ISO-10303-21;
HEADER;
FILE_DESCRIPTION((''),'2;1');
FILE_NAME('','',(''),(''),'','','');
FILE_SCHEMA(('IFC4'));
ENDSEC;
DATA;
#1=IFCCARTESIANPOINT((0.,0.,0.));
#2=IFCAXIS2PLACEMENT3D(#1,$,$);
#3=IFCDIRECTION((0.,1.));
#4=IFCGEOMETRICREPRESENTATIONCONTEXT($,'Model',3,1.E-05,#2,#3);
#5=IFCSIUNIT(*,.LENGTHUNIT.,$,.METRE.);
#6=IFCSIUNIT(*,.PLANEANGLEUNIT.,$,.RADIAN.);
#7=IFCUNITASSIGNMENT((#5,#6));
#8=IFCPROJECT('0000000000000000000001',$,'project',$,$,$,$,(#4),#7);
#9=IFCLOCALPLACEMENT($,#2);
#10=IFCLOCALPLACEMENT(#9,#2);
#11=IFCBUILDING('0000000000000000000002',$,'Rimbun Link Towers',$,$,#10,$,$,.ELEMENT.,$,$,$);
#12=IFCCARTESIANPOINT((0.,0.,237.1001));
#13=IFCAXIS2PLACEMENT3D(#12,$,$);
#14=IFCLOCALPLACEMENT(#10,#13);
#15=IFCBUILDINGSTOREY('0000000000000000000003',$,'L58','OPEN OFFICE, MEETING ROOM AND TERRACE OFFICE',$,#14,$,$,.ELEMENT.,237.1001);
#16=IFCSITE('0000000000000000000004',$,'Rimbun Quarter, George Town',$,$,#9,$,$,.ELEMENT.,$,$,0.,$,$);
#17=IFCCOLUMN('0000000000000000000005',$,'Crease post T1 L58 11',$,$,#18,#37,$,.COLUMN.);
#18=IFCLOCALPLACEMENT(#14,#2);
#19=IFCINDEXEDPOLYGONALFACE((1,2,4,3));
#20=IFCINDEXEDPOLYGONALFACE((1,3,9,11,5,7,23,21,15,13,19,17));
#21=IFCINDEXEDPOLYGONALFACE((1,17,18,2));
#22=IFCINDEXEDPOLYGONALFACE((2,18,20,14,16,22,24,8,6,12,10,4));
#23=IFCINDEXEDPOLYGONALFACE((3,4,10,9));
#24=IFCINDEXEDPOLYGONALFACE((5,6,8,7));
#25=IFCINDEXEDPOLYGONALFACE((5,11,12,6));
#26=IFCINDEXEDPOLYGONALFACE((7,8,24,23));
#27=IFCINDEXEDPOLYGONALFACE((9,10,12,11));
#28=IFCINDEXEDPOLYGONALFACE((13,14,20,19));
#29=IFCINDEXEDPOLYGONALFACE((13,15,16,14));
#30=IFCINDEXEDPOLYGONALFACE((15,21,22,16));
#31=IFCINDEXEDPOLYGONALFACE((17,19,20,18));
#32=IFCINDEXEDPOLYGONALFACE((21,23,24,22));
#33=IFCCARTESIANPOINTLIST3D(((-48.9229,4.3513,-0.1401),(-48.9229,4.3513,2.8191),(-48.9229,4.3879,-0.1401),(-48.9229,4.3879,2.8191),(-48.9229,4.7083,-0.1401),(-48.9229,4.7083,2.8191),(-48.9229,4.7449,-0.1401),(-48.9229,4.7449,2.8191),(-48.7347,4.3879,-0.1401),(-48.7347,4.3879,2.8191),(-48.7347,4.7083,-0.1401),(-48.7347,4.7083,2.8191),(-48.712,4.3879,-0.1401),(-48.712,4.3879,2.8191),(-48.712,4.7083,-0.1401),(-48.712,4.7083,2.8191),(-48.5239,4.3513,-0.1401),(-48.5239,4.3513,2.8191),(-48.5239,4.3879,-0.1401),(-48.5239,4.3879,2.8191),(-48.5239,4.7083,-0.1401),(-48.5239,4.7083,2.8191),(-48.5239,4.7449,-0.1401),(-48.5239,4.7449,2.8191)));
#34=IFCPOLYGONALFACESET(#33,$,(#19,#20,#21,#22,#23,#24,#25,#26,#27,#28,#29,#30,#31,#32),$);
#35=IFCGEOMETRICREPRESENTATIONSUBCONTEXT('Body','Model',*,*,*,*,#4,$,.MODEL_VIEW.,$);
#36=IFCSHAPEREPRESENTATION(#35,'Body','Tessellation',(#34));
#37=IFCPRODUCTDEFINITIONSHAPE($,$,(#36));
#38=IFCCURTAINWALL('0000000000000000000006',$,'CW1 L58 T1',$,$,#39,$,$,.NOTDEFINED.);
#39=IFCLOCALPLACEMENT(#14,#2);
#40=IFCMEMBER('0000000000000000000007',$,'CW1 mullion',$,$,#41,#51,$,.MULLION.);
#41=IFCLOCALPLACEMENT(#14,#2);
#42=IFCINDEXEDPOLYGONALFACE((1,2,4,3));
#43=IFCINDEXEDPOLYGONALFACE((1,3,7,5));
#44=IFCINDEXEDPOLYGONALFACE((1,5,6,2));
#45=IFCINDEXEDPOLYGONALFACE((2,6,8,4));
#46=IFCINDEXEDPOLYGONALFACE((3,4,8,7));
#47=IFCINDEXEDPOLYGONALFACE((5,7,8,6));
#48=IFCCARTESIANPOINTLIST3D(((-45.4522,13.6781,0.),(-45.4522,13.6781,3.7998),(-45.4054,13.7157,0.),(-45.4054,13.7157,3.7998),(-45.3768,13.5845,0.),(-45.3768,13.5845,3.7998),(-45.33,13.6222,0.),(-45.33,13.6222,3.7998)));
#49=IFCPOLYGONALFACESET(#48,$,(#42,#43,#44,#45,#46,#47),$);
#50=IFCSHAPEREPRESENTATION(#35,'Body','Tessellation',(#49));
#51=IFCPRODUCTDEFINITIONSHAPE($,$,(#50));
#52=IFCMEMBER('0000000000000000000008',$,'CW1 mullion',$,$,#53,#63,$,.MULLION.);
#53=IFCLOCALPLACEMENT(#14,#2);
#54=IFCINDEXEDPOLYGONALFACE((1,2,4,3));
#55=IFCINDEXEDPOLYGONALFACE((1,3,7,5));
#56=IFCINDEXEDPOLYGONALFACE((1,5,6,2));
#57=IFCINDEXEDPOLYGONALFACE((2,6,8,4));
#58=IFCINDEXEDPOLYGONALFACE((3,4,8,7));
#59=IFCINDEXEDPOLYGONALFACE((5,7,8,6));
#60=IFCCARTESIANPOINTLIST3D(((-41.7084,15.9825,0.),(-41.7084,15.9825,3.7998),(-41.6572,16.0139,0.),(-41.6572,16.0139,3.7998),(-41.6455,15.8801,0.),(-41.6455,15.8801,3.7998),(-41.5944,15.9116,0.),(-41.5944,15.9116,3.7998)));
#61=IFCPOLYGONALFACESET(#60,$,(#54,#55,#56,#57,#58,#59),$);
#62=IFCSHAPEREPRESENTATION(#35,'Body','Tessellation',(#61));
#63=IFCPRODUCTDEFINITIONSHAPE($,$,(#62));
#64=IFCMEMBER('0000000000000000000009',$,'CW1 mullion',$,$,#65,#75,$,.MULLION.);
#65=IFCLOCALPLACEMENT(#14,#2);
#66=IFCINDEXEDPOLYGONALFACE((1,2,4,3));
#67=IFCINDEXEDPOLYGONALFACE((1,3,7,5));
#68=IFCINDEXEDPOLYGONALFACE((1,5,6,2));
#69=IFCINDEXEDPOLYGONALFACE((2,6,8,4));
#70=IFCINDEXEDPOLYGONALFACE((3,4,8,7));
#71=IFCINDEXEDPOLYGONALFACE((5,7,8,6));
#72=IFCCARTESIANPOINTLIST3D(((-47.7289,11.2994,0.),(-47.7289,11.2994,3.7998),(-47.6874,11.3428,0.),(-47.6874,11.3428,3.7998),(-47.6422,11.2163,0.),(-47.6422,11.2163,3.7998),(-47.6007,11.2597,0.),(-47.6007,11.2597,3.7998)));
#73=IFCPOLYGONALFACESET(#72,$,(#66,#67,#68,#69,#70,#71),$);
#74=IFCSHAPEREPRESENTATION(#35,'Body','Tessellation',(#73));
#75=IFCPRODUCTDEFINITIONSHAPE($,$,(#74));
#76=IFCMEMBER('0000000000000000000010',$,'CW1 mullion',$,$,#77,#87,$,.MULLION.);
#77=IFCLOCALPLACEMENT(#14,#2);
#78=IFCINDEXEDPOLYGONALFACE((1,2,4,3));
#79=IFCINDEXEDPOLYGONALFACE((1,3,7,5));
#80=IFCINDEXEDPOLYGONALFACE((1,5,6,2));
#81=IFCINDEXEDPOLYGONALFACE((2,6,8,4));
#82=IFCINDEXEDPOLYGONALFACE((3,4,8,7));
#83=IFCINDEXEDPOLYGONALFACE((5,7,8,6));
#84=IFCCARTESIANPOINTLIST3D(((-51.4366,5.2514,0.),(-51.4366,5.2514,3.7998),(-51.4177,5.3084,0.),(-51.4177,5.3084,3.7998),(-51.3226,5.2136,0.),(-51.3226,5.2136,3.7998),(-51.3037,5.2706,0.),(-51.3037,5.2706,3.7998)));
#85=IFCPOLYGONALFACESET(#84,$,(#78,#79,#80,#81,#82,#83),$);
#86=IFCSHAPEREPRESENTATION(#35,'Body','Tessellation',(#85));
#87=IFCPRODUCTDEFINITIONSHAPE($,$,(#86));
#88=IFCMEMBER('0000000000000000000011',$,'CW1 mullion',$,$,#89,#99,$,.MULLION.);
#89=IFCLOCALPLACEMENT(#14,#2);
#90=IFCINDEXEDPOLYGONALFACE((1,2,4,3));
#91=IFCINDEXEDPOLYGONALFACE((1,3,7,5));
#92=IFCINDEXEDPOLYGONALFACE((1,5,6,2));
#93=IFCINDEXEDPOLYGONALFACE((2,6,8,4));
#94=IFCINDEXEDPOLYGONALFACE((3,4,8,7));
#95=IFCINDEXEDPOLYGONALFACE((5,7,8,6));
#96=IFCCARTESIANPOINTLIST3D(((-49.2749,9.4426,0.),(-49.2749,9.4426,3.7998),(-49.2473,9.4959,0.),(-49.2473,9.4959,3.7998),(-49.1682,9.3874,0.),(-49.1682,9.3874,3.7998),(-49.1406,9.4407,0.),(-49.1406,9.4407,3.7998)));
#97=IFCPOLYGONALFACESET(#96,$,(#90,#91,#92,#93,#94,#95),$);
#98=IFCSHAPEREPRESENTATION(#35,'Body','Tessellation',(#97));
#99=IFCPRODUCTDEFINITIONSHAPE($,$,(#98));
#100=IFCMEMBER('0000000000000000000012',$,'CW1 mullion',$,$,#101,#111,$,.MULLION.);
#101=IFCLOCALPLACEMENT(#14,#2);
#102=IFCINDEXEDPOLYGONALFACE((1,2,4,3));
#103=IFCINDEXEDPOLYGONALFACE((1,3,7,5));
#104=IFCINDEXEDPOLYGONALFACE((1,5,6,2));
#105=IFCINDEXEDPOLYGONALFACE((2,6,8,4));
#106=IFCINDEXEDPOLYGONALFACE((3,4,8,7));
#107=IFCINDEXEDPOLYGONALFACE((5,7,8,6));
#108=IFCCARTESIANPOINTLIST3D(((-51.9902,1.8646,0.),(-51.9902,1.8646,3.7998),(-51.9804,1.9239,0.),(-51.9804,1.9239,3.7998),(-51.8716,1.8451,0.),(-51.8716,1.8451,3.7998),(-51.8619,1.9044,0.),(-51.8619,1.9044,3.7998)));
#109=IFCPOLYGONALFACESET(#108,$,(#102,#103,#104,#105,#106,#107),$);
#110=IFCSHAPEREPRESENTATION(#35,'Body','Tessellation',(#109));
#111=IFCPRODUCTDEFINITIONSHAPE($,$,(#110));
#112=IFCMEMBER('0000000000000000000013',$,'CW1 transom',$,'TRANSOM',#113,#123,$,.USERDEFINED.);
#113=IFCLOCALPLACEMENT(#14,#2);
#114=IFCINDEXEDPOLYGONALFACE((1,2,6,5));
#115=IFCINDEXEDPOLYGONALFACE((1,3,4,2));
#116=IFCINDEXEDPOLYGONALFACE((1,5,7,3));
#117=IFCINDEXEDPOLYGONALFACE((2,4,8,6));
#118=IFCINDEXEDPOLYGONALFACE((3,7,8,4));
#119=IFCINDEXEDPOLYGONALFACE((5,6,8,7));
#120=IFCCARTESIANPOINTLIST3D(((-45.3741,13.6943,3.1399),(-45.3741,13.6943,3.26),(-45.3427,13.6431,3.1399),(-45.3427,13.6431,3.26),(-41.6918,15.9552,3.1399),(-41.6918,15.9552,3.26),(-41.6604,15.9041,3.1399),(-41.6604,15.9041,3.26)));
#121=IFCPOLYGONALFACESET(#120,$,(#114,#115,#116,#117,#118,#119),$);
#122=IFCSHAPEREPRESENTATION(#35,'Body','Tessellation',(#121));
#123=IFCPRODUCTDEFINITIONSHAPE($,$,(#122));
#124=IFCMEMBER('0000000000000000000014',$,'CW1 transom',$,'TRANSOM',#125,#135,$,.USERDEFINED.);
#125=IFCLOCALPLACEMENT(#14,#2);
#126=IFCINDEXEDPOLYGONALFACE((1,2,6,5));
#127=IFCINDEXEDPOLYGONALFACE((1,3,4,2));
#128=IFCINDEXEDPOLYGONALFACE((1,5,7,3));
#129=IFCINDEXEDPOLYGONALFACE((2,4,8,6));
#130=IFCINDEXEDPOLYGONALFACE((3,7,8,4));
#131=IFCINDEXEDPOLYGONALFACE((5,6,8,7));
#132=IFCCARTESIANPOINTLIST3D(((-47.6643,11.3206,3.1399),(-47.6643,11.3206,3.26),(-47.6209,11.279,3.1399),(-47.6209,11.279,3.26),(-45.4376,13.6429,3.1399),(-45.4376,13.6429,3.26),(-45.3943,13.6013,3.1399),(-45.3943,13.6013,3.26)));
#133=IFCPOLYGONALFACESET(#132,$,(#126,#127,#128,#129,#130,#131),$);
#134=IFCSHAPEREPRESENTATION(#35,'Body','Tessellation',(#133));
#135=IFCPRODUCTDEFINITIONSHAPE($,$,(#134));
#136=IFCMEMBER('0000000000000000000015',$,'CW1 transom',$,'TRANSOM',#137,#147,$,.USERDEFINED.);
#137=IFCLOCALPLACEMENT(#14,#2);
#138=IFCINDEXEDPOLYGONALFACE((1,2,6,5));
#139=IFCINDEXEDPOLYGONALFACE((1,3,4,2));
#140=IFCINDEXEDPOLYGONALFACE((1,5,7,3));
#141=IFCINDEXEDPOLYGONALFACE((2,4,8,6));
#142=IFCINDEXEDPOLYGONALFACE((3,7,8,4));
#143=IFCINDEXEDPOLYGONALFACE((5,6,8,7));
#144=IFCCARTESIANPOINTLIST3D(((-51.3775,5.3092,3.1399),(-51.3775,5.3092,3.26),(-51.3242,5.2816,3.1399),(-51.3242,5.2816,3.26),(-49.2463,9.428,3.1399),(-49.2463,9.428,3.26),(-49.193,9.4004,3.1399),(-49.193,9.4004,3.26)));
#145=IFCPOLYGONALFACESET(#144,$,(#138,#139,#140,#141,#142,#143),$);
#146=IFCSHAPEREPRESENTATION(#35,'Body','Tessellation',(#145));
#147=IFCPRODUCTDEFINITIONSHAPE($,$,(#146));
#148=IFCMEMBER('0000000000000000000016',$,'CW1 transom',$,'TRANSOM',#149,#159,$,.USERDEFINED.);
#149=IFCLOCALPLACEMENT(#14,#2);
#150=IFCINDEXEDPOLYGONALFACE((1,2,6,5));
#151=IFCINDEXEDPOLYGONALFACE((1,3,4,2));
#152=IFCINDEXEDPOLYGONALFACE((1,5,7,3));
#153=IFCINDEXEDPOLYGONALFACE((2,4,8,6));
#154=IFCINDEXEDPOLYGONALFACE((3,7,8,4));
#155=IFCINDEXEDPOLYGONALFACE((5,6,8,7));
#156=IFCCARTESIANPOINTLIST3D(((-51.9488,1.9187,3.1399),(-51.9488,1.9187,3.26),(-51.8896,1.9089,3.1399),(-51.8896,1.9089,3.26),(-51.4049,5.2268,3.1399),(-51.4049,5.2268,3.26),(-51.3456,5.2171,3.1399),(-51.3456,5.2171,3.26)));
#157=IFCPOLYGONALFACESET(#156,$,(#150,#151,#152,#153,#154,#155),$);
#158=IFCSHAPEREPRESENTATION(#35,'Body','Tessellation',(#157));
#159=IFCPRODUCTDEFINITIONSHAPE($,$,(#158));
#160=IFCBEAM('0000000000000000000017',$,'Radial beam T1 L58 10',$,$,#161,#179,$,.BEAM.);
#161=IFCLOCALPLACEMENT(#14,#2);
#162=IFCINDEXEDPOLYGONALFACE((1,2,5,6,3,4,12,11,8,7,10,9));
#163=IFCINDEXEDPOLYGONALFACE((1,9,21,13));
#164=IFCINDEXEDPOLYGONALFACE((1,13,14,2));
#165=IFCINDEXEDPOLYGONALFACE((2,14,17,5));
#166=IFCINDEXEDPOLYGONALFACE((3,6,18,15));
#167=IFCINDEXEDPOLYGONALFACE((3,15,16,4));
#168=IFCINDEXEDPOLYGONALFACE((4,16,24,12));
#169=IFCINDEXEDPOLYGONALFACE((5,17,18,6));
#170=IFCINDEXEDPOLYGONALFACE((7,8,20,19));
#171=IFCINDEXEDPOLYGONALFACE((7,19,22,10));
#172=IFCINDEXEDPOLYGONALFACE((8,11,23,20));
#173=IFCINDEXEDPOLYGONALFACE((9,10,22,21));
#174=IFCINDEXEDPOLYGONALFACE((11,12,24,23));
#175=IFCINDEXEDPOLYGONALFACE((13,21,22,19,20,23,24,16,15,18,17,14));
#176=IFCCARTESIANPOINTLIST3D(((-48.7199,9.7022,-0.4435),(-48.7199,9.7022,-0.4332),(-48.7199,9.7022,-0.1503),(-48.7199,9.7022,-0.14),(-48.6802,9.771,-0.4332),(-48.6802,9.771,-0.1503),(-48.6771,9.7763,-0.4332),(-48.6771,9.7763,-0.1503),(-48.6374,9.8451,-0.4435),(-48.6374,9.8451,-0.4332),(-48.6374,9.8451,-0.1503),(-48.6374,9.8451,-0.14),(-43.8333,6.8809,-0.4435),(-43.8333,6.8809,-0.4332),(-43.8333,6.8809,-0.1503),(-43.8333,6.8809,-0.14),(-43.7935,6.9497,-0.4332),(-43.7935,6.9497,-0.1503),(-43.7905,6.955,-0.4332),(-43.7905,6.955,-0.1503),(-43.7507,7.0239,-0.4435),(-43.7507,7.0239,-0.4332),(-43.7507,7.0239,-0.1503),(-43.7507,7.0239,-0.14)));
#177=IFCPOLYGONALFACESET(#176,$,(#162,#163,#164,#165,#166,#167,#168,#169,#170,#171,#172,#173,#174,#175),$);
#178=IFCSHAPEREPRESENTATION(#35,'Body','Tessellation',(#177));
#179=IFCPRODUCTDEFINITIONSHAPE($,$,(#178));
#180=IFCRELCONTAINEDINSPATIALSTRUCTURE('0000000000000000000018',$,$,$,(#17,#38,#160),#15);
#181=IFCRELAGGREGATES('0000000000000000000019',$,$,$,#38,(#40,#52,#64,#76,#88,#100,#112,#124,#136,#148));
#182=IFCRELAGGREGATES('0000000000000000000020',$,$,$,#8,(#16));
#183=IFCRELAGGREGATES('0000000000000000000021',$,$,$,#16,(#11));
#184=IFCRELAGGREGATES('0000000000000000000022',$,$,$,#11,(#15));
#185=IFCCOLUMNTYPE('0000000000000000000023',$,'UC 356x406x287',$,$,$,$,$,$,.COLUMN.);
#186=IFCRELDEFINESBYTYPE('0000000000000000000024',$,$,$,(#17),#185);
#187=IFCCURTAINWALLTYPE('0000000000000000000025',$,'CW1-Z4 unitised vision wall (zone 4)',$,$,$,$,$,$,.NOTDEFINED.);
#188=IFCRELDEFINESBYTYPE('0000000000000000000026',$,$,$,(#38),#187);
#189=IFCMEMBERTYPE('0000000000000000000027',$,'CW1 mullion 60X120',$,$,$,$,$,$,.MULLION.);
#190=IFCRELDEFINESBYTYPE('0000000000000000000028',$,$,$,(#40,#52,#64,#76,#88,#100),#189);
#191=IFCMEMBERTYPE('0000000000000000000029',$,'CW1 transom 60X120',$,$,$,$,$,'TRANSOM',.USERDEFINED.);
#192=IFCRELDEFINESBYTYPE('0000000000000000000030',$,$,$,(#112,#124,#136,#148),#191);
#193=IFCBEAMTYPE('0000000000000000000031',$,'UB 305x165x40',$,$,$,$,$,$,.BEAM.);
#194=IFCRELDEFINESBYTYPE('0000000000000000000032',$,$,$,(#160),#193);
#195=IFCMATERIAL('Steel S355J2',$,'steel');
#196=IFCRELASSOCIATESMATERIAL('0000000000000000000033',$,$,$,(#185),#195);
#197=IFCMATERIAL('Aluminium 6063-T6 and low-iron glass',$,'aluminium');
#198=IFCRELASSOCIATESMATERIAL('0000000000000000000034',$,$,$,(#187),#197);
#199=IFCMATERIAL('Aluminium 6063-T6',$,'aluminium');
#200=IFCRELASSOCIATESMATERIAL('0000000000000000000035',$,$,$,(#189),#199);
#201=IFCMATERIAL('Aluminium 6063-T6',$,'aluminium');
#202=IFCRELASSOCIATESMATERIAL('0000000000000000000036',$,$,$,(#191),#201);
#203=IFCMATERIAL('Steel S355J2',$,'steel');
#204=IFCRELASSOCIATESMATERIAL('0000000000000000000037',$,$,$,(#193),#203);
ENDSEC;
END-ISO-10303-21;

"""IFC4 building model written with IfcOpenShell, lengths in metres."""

from ifc_helpers import new_model, si_unit, direction, frame, origin, origin_2d, place, context, subcontext, project, spatial, rectangle, i_section, extrude, material, material_profile, profile_set, type_object, element, aggregate, save


model = new_model("IFC4")

# Units and contexts
model_context = context("Model", 3, precision=1e-05, world=origin(), true_north=direction((0.0, 1.0)))
body_context = subcontext(model_context, "Body", "Model", "MODEL_VIEW")
ifc_project = project(units=[si_unit("LENGTHUNIT", "METRE"), si_unit("PLANEANGLEUNIT", "RADIAN")], contexts=[model_context])

# Site, building, storey
site_placement = place(None, origin())
site = spatial("IfcSite", under=ifc_project, at=site_placement, Name="Rimbun Quarter, George Town", CompositionType="ELEMENT", RefElevation=0.0)
building_placement = place(site_placement, origin())
building = spatial("IfcBuilding", under=site, at=building_placement, Name="Rimbun Link Towers", CompositionType="ELEMENT")
storey_placement = place(building_placement, frame((0.0, 0.0, 237.1001)))
storey = spatial("IfcBuildingStorey", under=building, at=storey_placement, Name="L58", Description="OPEN OFFICE, MEETING ROOM AND TERRACE OFFICE", CompositionType="ELEMENT", Elevation=237.1001)

# Column
ifc_material_1 = material(Name="Steel S355J2", Category="steel")
ifc_material_profile_1 = material_profile(ifc_material_1, i_section(OverallWidth=0.3989, OverallDepth=0.3936, WebThickness=0.0227, FlangeThickness=0.0366, at=origin_2d()), Name="UC 356x406x287")
ifc_profile_set_1 = profile_set([ifc_material_profile_1], Name="Steel S355J2")
column_type = type_object("IfcColumnType", Name="UC 356x406x287", PredefinedType="COLUMN", material=ifc_profile_set_1)
column_placement = place(storey_placement, frame((-48.7234, 4.5481, -0.1401), z_axis=(0.0, 0.0, 1.0), x_axis=(1.0, 0.0, 0.0)))
element("IfcColumn", 1, at=column_placement, inside=storey, type_object=column_type, Name="Crease post T1 L58 11", PredefinedType="COLUMN", context=body_context, shape_type="SweptSolid", body=[
    extrude(i_section(OverallWidth=0.3989, OverallDepth=0.3936, WebThickness=0.0227, FlangeThickness=0.0366, at=origin_2d()), origin(), (0.0, 0.0, 1.0), 2.9592),
])

# Curtain wall, members
ifc_material_2 = material(Name="Aluminium 6063-T6 and low-iron glass", Category="aluminium")
curtain_wall_type = type_object("IfcCurtainWallType", Name="CW1-Z4 unitised vision wall (zone 4)", PredefinedType="NOTDEFINED", material=ifc_material_2)
curtain_wall_placement = place(storey_placement, origin())
curtain_wall = element("IfcCurtainWall", 2, at=curtain_wall_placement, inside=storey, type_object=curtain_wall_type, Name="CW1 L58 T1", PredefinedType="NOTDEFINED")
ifc_material_3 = material(Name="Aluminium 6063-T6", Category="aluminium")
ifc_material_profile_2 = material_profile(ifc_material_3, rectangle(XDim=0.1201, YDim=0.0601, at=origin_2d()), Name="MULLION 60X120")
ifc_profile_set_2 = profile_set([ifc_material_profile_2], Name="Aluminium 6063-T6")
member_type_1 = type_object("IfcMemberType", Name="CW1 mullion 60X120", PredefinedType="MULLION", material=ifc_profile_set_2)
member_1_placement = place(storey_placement, frame((-45.3911, 13.6501, 0.0), z_axis=(0.0, 0.0, 1.0), x_axis=(-0.627668, 0.778481, 0.0)))
member_1 = element("IfcMember", 3, at=member_1_placement, type_object=member_type_1, Name="CW1 mullion", PredefinedType="MULLION", context=body_context, shape_type="SweptSolid", body=[
    extrude(rectangle(XDim=0.1201, YDim=0.0601, at=origin_2d()), origin(), (0.0, 0.0, 1.0), 3.7998),
])
member_2_placement = place(storey_placement, frame((-41.6514, 15.947, 0.0), z_axis=(0.0, 0.0, 1.0), x_axis=(-0.52324, 0.852185, 0.0)))
member_2 = element("IfcMember", 4, at=member_2_placement, type_object=member_type_1, Name="CW1 mullion", PredefinedType="MULLION", context=body_context, shape_type="SweptSolid", body=[
    extrude(rectangle(XDim=0.1201, YDim=0.0601, at=origin_2d()), origin(), (0.0, 0.0, 1.0), 3.7998),
])
member_3_placement = place(storey_placement, frame((-47.6648, 11.2795, 0.0), z_axis=(0.0, 0.0, 1.0), x_axis=(-0.721842, 0.692058, 0.0)))
member_3 = element("IfcMember", 5, at=member_3_placement, type_object=member_type_1, Name="CW1 mullion", PredefinedType="MULLION", context=body_context, shape_type="SweptSolid", body=[
    extrude(rectangle(XDim=0.1201, YDim=0.0601, at=origin_2d()), origin(), (0.0, 0.0, 1.0), 3.7998),
])
member_4_placement = place(storey_placement, frame((-51.3701, 5.261, 0.0), z_axis=(0.0, 0.0, 1.0), x_axis=(-0.949161, 0.31479, 0.0)))
member_4 = element("IfcMember", 6, at=member_4_placement, type_object=member_type_1, Name="CW1 mullion", PredefinedType="MULLION", context=body_context, shape_type="SweptSolid", body=[
    extrude(rectangle(XDim=0.1201, YDim=0.0601, at=origin_2d()), origin(), (0.0, 0.0, 1.0), 3.7998),
])
member_5_placement = place(storey_placement, frame((-49.2078, 9.4417, 0.0), z_axis=(0.0, 0.0, 1.0), x_axis=(-0.888152, 0.45955, 0.0)))
member_5 = element("IfcMember", 7, at=member_5_placement, type_object=member_type_1, Name="CW1 mullion", PredefinedType="MULLION", context=body_context, shape_type="SweptSolid", body=[
    extrude(rectangle(XDim=0.1201, YDim=0.0601, at=origin_2d()), origin(), (0.0, 0.0, 1.0), 3.7998),
])
member_6_placement = place(storey_placement, frame((-51.926, 1.8845, 0.0), z_axis=(0.0, 0.0, 1.0), x_axis=(-0.986748, 0.162262, 0.0)))
member_6 = element("IfcMember", 8, at=member_6_placement, type_object=member_type_1, Name="CW1 mullion", PredefinedType="MULLION", context=body_context, shape_type="SweptSolid", body=[
    extrude(rectangle(XDim=0.1201, YDim=0.0601, at=origin_2d()), origin(), (0.0, 0.0, 1.0), 3.7998),
])
ifc_material_4 = material(Name="Aluminium 6063-T6", Category="aluminium")
ifc_material_profile_3 = material_profile(ifc_material_4, rectangle(XDim=0.0601, YDim=0.1201, at=origin_2d()), Name="TRANSOM 60X120")
ifc_profile_set_3 = profile_set([ifc_material_profile_3], Name="Aluminium 6063-T6")
member_type_2 = type_object("IfcMemberType", Name="CW1 transom 60X120", ElementType="TRANSOM", PredefinedType="USERDEFINED", material=ifc_profile_set_3)
member_7_placement = place(storey_placement, frame((-45.3584, 13.6687, 3.2), z_axis=(0.852184, 0.523243, 0.0), x_axis=(-0.523243, 0.852184, 0.0)))
member_7 = element("IfcMember", 9, at=member_7_placement, type_object=member_type_2, Name="CW1 transom", ObjectType="TRANSOM", PredefinedType="USERDEFINED", context=body_context, shape_type="SweptSolid", body=[
    extrude(rectangle(XDim=0.0601, YDim=0.1201, at=origin_2d()), origin(), (0.0, 0.0, 1.0), 4.321),
])
member_8_placement = place(storey_placement, frame((-47.6426, 11.2998, 3.2), z_axis=(0.692077, 0.721824, 0.0), x_axis=(-0.721824, 0.692077, 0.0)))
member_8 = element("IfcMember", 10, at=member_8_placement, type_object=member_type_2, Name="CW1 transom", ObjectType="TRANSOM", PredefinedType="USERDEFINED", context=body_context, shape_type="SweptSolid", body=[
    extrude(rectangle(XDim=0.0601, YDim=0.1201, at=origin_2d()), origin(), (0.0, 0.0, 1.0), 3.2173),
])
member_9_placement = place(storey_placement, frame((-51.3508, 5.2954, 3.2), z_axis=(0.459553, 0.88815, 0.0), x_axis=(-0.88815, 0.459553, 0.0)))
member_9 = element("IfcMember", 11, at=member_9_placement, type_object=member_type_2, Name="CW1 transom", ObjectType="TRANSOM", PredefinedType="USERDEFINED", context=body_context, shape_type="SweptSolid", body=[
    extrude(rectangle(XDim=0.0601, YDim=0.1201, at=origin_2d()), origin(), (0.0, 0.0, 1.0), 4.6375),
])
member_10_placement = place(storey_placement, frame((-51.9192, 1.9138, 3.2), z_axis=(0.162249, 0.98675, 0.0), x_axis=(-0.98675, 0.162249, 0.0)))
member_10 = element("IfcMember", 12, at=member_10_placement, type_object=member_type_2, Name="CW1 transom", ObjectType="TRANSOM", PredefinedType="USERDEFINED", context=body_context, shape_type="SweptSolid", body=[
    extrude(rectangle(XDim=0.0601, YDim=0.1201, at=origin_2d()), origin(), (0.0, 0.0, 1.0), 3.3525),
])

# Beam
ifc_material_5 = material(Name="Steel S355J2", Category="steel")
ifc_material_profile_4 = material_profile(ifc_material_5, i_section(OverallWidth=0.165, OverallDepth=0.3035, WebThickness=0.0061, FlangeThickness=0.0103, at=origin_2d()), Name="UB 305x165x40")
ifc_profile_set_4 = profile_set([ifc_material_profile_4], Name="Steel S355J2")
beam_type_1 = type_object("IfcBeamType", Name="UB 305x165x40", PredefinedType="BEAM", material=ifc_profile_set_4)
beam_1_placement = place(storey_placement, frame((-43.792, 6.9524, -0.2917), z_axis=(-0.86603, 0.499992, 0.0), x_axis=(-0.499992, -0.86603, 0.0)))
element("IfcBeam", 13, at=beam_1_placement, inside=storey, type_object=beam_type_1, Name="Radial beam T1 L58 10", PredefinedType="BEAM", context=body_context, shape_type="SweptSolid", body=[
    extrude(i_section(OverallWidth=0.165, OverallDepth=0.3035, WebThickness=0.0061, FlangeThickness=0.0103, at=origin_2d()), origin(), (0.0, 0.0, 1.0), 5.6426),
])

aggregate(curtain_wall, [member_1, member_2, member_3, member_4, member_5, member_6, member_7, member_8, member_9, member_10])

save(model, "model.ifc")
